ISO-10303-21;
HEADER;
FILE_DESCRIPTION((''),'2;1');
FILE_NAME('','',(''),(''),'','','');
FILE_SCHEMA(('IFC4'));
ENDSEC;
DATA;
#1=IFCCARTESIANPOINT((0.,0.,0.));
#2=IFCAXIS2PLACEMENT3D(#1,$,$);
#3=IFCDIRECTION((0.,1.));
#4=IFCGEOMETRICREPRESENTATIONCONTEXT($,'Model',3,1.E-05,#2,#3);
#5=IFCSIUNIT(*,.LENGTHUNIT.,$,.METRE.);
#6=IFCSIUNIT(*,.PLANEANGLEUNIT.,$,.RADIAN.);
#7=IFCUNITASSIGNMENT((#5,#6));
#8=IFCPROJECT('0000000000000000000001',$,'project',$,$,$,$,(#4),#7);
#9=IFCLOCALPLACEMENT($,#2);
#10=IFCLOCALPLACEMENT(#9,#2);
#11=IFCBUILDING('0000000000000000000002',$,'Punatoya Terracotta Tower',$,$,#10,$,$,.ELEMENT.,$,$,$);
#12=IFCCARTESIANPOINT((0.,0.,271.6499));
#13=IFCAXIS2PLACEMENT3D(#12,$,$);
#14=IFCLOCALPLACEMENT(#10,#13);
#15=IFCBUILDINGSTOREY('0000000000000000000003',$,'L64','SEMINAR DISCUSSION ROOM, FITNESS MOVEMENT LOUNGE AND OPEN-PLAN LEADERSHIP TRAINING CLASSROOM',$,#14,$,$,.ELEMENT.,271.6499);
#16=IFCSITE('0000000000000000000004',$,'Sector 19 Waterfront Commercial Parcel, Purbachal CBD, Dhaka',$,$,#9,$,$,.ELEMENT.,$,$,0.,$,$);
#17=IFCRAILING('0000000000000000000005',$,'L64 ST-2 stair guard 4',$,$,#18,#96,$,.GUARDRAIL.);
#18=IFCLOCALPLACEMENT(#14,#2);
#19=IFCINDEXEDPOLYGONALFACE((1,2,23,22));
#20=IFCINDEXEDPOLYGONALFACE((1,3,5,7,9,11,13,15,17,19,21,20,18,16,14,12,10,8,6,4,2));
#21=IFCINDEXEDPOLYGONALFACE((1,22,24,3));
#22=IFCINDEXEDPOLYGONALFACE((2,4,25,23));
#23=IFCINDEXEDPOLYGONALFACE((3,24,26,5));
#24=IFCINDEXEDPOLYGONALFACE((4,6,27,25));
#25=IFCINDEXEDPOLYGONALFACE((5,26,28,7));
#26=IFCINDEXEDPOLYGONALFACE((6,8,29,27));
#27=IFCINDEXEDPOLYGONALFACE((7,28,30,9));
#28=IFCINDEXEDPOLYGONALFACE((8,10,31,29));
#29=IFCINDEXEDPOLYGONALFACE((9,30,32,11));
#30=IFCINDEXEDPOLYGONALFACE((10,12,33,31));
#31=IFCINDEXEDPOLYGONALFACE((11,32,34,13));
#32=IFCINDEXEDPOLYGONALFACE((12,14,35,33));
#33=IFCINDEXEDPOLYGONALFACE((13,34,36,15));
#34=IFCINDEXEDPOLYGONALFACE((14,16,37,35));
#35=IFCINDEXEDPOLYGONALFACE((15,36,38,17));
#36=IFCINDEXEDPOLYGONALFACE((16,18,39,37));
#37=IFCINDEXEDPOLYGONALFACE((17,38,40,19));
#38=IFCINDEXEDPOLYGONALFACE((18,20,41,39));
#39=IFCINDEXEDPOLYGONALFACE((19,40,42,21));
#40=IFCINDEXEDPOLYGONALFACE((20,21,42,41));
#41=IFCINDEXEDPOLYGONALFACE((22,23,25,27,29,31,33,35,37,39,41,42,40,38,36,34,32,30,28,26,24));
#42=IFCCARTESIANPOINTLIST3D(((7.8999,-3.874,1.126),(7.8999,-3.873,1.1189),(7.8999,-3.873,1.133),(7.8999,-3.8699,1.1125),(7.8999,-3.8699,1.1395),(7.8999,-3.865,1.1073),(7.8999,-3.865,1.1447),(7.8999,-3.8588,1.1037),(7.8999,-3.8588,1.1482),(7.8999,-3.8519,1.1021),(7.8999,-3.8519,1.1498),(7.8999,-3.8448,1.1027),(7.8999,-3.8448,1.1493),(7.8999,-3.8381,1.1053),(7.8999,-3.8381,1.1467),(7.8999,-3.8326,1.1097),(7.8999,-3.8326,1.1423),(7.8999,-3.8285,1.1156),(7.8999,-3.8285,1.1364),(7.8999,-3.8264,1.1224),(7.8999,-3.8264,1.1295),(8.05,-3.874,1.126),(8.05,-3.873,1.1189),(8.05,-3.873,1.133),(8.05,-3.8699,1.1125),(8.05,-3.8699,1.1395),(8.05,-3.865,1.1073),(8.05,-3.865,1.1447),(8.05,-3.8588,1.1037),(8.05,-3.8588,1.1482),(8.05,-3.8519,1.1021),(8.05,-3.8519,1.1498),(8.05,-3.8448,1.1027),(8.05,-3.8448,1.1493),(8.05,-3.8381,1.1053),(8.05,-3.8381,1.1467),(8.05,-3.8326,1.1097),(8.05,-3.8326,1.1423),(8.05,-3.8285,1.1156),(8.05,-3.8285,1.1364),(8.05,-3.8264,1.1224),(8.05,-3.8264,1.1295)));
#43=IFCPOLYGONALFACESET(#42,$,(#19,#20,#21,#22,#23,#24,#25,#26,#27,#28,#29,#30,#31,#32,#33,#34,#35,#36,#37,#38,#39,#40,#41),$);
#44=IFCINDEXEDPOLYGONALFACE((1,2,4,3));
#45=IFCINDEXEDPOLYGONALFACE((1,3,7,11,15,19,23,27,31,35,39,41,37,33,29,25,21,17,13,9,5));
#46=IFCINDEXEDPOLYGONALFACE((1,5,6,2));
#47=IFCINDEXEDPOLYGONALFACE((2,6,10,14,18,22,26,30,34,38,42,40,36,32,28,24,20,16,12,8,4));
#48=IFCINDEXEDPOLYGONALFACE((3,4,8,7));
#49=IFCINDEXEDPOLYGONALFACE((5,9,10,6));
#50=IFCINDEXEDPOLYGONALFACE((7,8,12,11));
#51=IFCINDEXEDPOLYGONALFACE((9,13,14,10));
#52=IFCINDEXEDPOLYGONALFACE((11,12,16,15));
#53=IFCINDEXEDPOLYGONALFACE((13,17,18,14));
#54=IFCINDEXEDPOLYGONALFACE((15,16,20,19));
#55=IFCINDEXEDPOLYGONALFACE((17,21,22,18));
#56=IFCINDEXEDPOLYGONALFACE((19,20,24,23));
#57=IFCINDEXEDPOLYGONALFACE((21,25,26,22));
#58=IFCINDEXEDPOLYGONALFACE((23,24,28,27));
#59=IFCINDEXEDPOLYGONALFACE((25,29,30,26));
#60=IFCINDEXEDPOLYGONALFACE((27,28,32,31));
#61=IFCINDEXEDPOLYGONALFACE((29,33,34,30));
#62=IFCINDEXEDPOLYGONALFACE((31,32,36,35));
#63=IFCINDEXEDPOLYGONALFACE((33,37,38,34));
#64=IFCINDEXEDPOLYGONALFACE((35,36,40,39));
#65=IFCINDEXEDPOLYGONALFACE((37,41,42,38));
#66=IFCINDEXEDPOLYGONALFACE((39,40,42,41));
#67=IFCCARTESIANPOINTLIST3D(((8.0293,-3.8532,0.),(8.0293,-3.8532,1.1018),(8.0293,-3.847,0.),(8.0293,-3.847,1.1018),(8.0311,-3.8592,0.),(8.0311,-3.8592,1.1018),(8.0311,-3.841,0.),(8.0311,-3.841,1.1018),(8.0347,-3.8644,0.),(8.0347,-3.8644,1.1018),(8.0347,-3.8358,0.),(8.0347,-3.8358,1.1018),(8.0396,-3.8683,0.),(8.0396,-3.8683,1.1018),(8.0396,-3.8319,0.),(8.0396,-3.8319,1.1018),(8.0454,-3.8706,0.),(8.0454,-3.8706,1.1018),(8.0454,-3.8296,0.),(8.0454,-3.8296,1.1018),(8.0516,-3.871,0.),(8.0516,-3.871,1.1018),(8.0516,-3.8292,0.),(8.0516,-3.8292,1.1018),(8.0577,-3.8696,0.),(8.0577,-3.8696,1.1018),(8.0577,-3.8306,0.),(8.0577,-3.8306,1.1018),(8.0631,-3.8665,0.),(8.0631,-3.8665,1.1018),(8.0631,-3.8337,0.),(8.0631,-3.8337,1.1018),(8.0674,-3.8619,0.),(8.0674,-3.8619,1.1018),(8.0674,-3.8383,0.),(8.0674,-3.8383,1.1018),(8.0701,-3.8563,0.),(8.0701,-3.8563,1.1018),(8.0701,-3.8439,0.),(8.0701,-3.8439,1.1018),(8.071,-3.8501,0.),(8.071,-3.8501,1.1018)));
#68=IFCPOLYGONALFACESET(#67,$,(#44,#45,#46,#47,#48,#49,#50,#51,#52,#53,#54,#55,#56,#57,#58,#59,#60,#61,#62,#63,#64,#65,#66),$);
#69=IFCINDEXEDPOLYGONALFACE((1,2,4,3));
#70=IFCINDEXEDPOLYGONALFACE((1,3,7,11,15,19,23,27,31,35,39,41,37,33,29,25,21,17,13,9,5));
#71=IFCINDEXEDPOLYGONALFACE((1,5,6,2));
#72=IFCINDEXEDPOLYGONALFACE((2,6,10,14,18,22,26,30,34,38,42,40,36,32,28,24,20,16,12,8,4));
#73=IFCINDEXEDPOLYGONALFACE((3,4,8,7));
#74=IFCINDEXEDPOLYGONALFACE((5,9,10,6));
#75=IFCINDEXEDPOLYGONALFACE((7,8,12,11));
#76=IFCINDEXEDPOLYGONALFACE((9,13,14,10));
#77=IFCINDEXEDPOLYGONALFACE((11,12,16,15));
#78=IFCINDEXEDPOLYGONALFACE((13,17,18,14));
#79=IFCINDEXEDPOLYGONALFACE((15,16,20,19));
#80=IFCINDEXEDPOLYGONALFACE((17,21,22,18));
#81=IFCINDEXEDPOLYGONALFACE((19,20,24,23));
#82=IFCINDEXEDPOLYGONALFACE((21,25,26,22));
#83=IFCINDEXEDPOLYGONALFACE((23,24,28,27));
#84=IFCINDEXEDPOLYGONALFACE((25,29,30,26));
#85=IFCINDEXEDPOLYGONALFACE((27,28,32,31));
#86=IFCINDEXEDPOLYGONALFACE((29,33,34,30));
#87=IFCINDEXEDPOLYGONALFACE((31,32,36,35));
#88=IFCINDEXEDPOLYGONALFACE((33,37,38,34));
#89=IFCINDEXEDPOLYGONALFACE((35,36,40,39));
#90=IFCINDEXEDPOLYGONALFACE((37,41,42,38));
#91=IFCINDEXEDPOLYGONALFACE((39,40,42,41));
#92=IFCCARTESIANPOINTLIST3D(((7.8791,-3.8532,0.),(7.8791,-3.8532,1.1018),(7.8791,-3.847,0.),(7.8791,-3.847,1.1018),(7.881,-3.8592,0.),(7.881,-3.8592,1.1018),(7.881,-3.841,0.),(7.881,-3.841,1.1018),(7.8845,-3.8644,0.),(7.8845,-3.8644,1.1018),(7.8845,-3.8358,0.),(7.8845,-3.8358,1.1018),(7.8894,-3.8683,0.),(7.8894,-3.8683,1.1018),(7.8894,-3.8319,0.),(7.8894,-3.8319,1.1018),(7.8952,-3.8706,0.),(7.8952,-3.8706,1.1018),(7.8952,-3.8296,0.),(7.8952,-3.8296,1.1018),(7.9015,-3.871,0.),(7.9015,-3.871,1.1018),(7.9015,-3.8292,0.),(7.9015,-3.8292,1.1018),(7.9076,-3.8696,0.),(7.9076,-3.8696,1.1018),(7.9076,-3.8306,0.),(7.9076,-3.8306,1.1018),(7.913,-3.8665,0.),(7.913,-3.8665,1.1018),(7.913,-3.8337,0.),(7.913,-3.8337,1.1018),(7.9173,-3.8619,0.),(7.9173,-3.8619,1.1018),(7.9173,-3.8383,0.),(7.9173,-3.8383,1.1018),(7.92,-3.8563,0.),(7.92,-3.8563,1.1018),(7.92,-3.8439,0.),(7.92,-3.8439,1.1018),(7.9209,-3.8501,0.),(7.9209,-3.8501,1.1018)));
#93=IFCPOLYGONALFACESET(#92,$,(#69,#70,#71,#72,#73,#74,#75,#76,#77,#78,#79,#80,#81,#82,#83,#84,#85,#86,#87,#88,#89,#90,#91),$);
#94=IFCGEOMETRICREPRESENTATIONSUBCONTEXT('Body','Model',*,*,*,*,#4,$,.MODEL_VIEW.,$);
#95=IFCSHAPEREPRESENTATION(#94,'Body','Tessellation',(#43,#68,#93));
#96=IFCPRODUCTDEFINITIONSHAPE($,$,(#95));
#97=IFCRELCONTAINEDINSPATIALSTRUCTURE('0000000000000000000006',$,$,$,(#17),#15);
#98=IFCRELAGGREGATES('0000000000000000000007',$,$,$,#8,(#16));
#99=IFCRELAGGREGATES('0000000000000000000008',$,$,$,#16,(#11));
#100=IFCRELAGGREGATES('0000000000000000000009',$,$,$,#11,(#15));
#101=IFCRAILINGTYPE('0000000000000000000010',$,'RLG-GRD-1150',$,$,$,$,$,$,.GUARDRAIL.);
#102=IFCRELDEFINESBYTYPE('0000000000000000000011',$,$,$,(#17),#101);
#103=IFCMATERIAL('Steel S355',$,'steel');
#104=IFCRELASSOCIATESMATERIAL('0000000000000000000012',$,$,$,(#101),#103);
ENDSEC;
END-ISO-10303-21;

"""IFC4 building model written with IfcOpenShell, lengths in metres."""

from ifc_helpers import new_model, si_unit, direction, frame, origin, origin_2d, place, context, subcontext, project, spatial, circle, extrude, material, type_object, element, save


model = new_model("IFC4")

# Units and contexts
model_context = context("Model", 3, precision=1e-05, world=origin(), true_north=direction((0.0, 1.0)))
body_context = subcontext(model_context, "Body", "Model", "MODEL_VIEW")
ifc_project = project(units=[si_unit("LENGTHUNIT", "METRE"), si_unit("PLANEANGLEUNIT", "RADIAN")], contexts=[model_context])

# Site, building, storey
site_placement = place(None, origin())
site = spatial("IfcSite", under=ifc_project, at=site_placement, Name="Sector 19 Waterfront Commercial Parcel, Purbachal CBD, Dhaka", CompositionType="ELEMENT", RefElevation=0.0)
building_placement = place(site_placement, origin())
building = spatial("IfcBuilding", under=site, at=building_placement, Name="Punatoya Terracotta Tower", CompositionType="ELEMENT")
storey_placement = place(building_placement, frame((0.0, 0.0, 271.6499)))
storey = spatial("IfcBuildingStorey", under=building, at=storey_placement, Name="L64", Description="SEMINAR DISCUSSION ROOM, FITNESS MOVEMENT LOUNGE AND OPEN-PLAN LEADERSHIP TRAINING CLASSROOM", CompositionType="ELEMENT", Elevation=271.6499)

# Shared definitions
ifc_material_1 = material(Name="Steel S355", Category="steel")

# Railing
railing_type_1 = type_object("IfcRailingType", Name="RLG-GRD-1150", PredefinedType="GUARDRAIL", material=ifc_material_1)
railing_1_placement = place(storey_placement, frame((8.05, -3.8501, 0.0)))
element("IfcRailing", 1, at=railing_1_placement, inside=storey, type_object=railing_type_1, Name="L64 ST-2 stair guard 4", PredefinedType="GUARDRAIL", context=body_context, shape_type="SweptSolid", body=[
    extrude(circle(Radius=0.0239, at=origin_2d()), frame((0.0, 0.0, 1.126), z_axis=(-1.0, 0.0, 0.0), x_axis=(0.0, -1.0, 0.0)), (0.0, 0.0, 1.0), 0.1501),
    extrude(circle(Radius=0.021, at=origin_2d()), origin(), (0.0, 0.0, 1.0), 1.1018),
    extrude(circle(Radius=0.021, at=origin_2d()), frame((-0.1501, 0.0, 0.0)), (0.0, 0.0, 1.0), 1.1018),
])

save(model, "model.ifc")
